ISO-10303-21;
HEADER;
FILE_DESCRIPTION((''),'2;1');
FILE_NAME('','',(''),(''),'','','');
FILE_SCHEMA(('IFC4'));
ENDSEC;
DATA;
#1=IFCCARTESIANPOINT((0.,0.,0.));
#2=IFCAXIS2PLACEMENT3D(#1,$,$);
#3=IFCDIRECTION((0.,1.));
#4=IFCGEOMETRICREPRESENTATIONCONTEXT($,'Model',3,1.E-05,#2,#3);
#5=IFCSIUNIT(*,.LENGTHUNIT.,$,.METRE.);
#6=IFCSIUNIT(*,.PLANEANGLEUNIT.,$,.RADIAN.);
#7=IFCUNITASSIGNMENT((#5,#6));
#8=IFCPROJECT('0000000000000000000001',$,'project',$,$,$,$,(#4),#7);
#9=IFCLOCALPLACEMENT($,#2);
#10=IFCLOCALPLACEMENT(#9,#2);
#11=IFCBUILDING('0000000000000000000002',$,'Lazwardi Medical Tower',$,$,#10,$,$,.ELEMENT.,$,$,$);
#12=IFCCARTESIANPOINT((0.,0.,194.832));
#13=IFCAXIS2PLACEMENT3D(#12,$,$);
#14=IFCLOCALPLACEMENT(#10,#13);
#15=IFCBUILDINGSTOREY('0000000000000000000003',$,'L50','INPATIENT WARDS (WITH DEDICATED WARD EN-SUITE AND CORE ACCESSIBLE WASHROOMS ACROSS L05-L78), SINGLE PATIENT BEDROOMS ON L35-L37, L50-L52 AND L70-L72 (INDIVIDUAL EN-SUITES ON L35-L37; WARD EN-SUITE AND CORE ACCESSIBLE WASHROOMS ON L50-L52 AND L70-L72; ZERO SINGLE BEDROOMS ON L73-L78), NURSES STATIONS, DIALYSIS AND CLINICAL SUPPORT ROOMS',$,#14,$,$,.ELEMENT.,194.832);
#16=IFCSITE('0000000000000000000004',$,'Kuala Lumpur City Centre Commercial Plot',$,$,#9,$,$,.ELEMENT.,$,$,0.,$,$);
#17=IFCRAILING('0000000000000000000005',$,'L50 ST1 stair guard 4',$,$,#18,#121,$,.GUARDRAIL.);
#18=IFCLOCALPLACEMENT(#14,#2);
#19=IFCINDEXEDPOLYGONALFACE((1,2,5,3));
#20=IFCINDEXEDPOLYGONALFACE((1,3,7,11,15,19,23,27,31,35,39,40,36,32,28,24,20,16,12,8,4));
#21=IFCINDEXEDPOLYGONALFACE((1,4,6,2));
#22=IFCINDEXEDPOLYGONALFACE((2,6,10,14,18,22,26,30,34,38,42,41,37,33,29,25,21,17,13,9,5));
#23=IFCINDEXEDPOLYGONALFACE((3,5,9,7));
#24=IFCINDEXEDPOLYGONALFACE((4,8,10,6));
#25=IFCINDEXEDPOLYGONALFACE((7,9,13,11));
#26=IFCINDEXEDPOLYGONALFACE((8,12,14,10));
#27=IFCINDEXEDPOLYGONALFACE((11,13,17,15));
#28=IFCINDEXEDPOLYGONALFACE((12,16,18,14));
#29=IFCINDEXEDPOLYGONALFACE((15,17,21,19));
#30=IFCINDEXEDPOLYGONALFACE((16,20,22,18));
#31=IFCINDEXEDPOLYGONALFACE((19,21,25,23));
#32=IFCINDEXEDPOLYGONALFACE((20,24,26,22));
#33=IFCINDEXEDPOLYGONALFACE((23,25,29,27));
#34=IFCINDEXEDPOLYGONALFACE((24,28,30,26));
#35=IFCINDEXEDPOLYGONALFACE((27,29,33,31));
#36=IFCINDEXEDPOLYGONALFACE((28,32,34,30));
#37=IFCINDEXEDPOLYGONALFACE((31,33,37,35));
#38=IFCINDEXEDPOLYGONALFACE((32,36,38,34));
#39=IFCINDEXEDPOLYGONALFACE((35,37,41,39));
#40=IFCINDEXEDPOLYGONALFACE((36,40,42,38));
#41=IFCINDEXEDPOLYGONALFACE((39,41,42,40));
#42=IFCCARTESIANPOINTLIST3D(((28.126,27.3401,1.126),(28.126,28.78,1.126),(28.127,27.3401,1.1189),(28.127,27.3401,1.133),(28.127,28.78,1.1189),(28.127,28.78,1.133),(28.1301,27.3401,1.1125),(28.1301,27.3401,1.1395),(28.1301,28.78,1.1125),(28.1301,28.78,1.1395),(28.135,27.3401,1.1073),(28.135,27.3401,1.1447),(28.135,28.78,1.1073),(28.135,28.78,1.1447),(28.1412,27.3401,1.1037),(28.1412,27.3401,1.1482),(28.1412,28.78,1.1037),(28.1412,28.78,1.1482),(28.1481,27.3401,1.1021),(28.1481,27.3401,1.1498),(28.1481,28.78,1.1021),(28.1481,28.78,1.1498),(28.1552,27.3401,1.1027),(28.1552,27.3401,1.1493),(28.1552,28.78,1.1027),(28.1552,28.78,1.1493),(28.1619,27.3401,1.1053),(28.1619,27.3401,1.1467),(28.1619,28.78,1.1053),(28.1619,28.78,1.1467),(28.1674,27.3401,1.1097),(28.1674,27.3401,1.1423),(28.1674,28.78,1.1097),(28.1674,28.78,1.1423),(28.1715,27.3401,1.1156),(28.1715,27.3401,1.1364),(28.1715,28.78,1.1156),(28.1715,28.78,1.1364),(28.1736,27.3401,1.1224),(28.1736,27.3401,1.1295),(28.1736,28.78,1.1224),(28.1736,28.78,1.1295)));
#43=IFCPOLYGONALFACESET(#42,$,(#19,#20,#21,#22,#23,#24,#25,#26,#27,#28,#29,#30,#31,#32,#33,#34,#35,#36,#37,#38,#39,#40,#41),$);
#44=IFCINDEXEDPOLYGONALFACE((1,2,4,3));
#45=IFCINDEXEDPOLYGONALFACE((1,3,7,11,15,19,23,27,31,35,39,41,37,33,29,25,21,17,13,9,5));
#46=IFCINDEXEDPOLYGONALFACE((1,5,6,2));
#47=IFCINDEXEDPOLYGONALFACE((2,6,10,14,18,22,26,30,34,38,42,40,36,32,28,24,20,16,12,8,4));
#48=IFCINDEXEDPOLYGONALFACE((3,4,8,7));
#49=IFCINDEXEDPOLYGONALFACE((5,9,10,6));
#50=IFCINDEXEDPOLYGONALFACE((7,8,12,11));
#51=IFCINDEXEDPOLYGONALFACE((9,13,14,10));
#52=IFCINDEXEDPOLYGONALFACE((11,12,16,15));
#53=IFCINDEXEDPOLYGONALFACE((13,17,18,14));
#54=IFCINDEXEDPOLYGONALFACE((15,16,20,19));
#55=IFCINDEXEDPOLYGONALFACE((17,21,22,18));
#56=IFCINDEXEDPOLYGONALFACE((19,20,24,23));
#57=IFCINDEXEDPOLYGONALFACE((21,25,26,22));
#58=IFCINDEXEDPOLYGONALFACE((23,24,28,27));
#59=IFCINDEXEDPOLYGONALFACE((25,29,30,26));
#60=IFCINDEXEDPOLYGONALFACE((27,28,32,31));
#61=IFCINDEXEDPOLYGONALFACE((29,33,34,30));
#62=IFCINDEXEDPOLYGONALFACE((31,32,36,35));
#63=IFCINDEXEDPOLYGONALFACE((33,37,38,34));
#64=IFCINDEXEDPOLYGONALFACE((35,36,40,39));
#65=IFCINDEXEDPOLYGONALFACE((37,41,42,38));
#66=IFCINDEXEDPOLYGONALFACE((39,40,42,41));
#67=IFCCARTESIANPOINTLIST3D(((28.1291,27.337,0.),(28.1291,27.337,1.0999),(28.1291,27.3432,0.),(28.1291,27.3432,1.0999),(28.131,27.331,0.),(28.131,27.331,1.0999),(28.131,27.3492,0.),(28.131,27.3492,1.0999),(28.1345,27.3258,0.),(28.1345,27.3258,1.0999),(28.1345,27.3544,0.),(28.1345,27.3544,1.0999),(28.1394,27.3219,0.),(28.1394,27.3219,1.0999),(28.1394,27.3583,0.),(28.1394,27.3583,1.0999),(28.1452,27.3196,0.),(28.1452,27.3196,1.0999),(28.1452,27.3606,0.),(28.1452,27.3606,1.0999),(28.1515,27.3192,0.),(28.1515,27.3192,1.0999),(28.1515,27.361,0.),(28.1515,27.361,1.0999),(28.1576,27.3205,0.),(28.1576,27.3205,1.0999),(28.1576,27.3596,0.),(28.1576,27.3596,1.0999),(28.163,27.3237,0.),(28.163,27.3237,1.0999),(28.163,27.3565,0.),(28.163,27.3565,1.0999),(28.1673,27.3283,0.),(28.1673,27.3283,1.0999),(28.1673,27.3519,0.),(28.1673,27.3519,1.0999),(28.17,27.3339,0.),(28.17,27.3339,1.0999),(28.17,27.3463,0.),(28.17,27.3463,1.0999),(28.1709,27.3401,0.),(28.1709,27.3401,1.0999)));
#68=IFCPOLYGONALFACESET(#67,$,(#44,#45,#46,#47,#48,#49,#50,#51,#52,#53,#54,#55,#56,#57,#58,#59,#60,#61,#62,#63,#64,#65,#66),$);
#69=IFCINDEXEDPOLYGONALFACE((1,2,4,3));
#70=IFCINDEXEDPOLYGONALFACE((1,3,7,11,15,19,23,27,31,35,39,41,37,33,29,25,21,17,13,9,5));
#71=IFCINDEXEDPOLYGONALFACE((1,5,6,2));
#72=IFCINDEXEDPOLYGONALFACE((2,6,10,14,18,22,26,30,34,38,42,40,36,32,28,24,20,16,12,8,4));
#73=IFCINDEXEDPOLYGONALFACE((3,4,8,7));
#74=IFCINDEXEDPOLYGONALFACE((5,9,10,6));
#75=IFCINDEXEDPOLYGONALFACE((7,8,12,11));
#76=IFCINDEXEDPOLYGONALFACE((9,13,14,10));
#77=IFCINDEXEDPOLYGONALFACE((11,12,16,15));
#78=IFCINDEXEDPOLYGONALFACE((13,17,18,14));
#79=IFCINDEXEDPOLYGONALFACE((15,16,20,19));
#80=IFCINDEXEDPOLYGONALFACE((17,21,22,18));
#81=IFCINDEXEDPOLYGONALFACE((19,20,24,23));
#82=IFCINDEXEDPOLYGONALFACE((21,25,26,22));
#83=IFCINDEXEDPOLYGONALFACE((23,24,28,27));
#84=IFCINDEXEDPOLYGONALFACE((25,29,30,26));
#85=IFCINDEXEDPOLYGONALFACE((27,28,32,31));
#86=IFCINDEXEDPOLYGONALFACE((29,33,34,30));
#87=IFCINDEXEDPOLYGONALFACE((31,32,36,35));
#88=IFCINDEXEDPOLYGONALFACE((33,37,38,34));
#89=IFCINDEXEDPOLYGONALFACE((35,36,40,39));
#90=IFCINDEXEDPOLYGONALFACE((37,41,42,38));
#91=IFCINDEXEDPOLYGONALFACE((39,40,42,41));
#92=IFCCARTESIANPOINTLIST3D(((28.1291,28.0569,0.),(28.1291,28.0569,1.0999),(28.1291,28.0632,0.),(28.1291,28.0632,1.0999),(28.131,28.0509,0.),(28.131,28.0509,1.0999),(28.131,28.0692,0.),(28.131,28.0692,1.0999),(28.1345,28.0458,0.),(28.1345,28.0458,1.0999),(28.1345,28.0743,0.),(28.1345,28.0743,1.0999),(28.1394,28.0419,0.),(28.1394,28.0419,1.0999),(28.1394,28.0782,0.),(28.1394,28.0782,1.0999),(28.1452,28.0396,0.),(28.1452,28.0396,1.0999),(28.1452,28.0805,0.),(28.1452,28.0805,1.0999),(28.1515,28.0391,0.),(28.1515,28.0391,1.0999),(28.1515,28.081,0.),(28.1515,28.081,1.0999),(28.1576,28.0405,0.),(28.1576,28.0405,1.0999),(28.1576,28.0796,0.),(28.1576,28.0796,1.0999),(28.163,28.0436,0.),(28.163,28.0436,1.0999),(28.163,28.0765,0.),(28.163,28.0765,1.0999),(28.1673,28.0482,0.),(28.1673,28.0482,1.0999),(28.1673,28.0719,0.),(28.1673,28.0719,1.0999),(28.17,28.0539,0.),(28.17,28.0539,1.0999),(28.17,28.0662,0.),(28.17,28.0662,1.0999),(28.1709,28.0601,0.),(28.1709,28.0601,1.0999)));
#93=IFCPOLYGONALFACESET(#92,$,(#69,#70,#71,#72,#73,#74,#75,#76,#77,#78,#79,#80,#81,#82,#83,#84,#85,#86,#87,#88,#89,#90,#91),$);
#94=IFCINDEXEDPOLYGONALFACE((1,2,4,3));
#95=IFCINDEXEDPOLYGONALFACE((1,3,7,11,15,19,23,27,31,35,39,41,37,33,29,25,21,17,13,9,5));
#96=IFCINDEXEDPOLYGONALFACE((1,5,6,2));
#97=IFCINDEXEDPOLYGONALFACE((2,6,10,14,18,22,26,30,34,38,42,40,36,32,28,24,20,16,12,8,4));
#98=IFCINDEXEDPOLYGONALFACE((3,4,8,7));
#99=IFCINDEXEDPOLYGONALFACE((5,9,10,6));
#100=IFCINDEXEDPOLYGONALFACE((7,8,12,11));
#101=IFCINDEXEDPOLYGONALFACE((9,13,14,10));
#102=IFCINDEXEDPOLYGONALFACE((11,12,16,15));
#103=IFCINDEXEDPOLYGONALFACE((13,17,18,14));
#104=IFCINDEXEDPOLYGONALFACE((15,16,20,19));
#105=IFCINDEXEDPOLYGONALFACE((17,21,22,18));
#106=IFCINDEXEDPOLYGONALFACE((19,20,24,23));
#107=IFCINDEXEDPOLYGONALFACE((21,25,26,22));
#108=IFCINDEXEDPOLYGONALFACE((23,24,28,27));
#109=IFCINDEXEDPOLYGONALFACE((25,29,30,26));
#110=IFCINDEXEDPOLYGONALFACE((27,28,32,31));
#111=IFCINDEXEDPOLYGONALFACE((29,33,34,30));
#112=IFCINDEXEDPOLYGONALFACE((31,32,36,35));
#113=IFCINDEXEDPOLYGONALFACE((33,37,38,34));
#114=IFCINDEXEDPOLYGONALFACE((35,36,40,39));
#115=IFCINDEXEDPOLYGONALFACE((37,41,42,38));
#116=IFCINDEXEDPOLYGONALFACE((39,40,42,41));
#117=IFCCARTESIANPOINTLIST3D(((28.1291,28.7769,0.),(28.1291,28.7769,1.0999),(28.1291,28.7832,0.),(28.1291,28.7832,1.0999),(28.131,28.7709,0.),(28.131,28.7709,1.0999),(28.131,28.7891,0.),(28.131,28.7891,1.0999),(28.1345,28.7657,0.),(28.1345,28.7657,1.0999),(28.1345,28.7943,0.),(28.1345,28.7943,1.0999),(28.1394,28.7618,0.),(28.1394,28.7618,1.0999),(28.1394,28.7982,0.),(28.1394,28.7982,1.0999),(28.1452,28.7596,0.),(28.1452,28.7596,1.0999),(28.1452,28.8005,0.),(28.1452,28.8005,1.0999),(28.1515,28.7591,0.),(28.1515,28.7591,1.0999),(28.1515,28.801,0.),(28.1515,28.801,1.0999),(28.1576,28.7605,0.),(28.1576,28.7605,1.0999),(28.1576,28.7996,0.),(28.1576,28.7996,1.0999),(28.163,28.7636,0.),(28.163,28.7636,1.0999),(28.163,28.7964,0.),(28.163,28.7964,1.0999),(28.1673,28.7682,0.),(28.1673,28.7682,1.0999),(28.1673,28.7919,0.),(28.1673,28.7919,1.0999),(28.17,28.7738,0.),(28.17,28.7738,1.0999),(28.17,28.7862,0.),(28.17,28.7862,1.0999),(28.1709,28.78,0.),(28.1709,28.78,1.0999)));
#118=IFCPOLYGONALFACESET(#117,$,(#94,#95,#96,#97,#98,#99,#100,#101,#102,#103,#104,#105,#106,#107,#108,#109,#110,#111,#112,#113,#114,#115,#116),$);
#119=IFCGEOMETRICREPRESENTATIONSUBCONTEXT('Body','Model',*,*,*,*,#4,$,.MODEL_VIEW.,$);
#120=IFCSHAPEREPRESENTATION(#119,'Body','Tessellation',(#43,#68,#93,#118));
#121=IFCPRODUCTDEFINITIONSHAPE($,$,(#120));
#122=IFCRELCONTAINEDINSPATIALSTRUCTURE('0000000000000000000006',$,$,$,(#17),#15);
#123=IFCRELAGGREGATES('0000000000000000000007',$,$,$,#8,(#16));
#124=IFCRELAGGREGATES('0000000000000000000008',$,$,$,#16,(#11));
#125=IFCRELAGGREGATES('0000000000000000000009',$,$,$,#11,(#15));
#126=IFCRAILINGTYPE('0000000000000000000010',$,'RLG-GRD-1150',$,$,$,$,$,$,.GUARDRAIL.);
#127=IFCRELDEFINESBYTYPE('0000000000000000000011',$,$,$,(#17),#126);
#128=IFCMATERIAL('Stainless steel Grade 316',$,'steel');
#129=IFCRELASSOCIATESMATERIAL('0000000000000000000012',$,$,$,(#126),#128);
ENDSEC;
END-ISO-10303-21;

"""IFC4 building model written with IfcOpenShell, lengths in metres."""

from ifc_helpers import new_model, si_unit, direction, frame, origin, origin_2d, place, context, subcontext, project, spatial, circle, extrude, material, type_object, element, save


model = new_model("IFC4")

# Units and contexts
model_context = context("Model", 3, precision=1e-05, world=origin(), true_north=direction((0.0, 1.0)))
body_context = subcontext(model_context, "Body", "Model", "MODEL_VIEW")
ifc_project = project(units=[si_unit("LENGTHUNIT", "METRE"), si_unit("PLANEANGLEUNIT", "RADIAN")], contexts=[model_context])

# Site, building, storey
site_placement = place(None, origin())
site = spatial("IfcSite", under=ifc_project, at=site_placement, Name="Kuala Lumpur City Centre Commercial Plot", CompositionType="ELEMENT", RefElevation=0.0)
building_placement = place(site_placement, origin())
building = spatial("IfcBuilding", under=site, at=building_placement, Name="Lazwardi Medical Tower", CompositionType="ELEMENT")
storey_placement = place(building_placement, frame((0.0, 0.0, 194.832)))
storey = spatial("IfcBuildingStorey", under=building, at=storey_placement, Name="L50", Description="INPATIENT WARDS (WITH DEDICATED WARD EN-SUITE AND CORE ACCESSIBLE WASHROOMS ACROSS L05-L78), SINGLE PATIENT BEDROOMS ON L35-L37, L50-L52 AND L70-L72 (INDIVIDUAL EN-SUITES ON L35-L37; WARD EN-SUITE AND CORE ACCESSIBLE WASHROOMS ON L50-L52 AND L70-L72; ZERO SINGLE BEDROOMS ON L73-L78), NURSES STATIONS, DIALYSIS AND CLINICAL SUPPORT ROOMS", CompositionType="ELEMENT", Elevation=194.832)

# Railing
ifc_material_1 = material(Name="Stainless steel Grade 316", Category="steel")
railing_type_1 = type_object("IfcRailingType", Name="RLG-GRD-1150", PredefinedType="GUARDRAIL", material=ifc_material_1)
railing_1_placement = place(storey_placement, frame((28.1499, 27.3401, 0.0)))
element("IfcRailing", 1, at=railing_1_placement, inside=storey, type_object=railing_type_1, Name="L50 ST1 stair guard 4", PredefinedType="GUARDRAIL", context=body_context, shape_type="SweptSolid", body=[
    extrude(circle(Radius=0.0239, at=origin_2d()), frame((0.0, 0.0, 1.126), z_axis=(0.0, 1.0, 0.0), x_axis=(-1.0, 0.0, 0.0)), (0.0, 0.0, 1.0), 1.4399),
    extrude(circle(Radius=0.021, at=origin_2d()), origin(), (0.0, 0.0, 1.0), 1.0999),
    extrude(circle(Radius=0.021, at=origin_2d()), frame((0.0, 0.72, 0.0)), (0.0, 0.0, 1.0), 1.0999),
    extrude(circle(Radius=0.021, at=origin_2d()), frame((0.0, 1.4399, 0.0)), (0.0, 0.0, 1.0), 1.0999),
])

save(model, "model.ifc")
